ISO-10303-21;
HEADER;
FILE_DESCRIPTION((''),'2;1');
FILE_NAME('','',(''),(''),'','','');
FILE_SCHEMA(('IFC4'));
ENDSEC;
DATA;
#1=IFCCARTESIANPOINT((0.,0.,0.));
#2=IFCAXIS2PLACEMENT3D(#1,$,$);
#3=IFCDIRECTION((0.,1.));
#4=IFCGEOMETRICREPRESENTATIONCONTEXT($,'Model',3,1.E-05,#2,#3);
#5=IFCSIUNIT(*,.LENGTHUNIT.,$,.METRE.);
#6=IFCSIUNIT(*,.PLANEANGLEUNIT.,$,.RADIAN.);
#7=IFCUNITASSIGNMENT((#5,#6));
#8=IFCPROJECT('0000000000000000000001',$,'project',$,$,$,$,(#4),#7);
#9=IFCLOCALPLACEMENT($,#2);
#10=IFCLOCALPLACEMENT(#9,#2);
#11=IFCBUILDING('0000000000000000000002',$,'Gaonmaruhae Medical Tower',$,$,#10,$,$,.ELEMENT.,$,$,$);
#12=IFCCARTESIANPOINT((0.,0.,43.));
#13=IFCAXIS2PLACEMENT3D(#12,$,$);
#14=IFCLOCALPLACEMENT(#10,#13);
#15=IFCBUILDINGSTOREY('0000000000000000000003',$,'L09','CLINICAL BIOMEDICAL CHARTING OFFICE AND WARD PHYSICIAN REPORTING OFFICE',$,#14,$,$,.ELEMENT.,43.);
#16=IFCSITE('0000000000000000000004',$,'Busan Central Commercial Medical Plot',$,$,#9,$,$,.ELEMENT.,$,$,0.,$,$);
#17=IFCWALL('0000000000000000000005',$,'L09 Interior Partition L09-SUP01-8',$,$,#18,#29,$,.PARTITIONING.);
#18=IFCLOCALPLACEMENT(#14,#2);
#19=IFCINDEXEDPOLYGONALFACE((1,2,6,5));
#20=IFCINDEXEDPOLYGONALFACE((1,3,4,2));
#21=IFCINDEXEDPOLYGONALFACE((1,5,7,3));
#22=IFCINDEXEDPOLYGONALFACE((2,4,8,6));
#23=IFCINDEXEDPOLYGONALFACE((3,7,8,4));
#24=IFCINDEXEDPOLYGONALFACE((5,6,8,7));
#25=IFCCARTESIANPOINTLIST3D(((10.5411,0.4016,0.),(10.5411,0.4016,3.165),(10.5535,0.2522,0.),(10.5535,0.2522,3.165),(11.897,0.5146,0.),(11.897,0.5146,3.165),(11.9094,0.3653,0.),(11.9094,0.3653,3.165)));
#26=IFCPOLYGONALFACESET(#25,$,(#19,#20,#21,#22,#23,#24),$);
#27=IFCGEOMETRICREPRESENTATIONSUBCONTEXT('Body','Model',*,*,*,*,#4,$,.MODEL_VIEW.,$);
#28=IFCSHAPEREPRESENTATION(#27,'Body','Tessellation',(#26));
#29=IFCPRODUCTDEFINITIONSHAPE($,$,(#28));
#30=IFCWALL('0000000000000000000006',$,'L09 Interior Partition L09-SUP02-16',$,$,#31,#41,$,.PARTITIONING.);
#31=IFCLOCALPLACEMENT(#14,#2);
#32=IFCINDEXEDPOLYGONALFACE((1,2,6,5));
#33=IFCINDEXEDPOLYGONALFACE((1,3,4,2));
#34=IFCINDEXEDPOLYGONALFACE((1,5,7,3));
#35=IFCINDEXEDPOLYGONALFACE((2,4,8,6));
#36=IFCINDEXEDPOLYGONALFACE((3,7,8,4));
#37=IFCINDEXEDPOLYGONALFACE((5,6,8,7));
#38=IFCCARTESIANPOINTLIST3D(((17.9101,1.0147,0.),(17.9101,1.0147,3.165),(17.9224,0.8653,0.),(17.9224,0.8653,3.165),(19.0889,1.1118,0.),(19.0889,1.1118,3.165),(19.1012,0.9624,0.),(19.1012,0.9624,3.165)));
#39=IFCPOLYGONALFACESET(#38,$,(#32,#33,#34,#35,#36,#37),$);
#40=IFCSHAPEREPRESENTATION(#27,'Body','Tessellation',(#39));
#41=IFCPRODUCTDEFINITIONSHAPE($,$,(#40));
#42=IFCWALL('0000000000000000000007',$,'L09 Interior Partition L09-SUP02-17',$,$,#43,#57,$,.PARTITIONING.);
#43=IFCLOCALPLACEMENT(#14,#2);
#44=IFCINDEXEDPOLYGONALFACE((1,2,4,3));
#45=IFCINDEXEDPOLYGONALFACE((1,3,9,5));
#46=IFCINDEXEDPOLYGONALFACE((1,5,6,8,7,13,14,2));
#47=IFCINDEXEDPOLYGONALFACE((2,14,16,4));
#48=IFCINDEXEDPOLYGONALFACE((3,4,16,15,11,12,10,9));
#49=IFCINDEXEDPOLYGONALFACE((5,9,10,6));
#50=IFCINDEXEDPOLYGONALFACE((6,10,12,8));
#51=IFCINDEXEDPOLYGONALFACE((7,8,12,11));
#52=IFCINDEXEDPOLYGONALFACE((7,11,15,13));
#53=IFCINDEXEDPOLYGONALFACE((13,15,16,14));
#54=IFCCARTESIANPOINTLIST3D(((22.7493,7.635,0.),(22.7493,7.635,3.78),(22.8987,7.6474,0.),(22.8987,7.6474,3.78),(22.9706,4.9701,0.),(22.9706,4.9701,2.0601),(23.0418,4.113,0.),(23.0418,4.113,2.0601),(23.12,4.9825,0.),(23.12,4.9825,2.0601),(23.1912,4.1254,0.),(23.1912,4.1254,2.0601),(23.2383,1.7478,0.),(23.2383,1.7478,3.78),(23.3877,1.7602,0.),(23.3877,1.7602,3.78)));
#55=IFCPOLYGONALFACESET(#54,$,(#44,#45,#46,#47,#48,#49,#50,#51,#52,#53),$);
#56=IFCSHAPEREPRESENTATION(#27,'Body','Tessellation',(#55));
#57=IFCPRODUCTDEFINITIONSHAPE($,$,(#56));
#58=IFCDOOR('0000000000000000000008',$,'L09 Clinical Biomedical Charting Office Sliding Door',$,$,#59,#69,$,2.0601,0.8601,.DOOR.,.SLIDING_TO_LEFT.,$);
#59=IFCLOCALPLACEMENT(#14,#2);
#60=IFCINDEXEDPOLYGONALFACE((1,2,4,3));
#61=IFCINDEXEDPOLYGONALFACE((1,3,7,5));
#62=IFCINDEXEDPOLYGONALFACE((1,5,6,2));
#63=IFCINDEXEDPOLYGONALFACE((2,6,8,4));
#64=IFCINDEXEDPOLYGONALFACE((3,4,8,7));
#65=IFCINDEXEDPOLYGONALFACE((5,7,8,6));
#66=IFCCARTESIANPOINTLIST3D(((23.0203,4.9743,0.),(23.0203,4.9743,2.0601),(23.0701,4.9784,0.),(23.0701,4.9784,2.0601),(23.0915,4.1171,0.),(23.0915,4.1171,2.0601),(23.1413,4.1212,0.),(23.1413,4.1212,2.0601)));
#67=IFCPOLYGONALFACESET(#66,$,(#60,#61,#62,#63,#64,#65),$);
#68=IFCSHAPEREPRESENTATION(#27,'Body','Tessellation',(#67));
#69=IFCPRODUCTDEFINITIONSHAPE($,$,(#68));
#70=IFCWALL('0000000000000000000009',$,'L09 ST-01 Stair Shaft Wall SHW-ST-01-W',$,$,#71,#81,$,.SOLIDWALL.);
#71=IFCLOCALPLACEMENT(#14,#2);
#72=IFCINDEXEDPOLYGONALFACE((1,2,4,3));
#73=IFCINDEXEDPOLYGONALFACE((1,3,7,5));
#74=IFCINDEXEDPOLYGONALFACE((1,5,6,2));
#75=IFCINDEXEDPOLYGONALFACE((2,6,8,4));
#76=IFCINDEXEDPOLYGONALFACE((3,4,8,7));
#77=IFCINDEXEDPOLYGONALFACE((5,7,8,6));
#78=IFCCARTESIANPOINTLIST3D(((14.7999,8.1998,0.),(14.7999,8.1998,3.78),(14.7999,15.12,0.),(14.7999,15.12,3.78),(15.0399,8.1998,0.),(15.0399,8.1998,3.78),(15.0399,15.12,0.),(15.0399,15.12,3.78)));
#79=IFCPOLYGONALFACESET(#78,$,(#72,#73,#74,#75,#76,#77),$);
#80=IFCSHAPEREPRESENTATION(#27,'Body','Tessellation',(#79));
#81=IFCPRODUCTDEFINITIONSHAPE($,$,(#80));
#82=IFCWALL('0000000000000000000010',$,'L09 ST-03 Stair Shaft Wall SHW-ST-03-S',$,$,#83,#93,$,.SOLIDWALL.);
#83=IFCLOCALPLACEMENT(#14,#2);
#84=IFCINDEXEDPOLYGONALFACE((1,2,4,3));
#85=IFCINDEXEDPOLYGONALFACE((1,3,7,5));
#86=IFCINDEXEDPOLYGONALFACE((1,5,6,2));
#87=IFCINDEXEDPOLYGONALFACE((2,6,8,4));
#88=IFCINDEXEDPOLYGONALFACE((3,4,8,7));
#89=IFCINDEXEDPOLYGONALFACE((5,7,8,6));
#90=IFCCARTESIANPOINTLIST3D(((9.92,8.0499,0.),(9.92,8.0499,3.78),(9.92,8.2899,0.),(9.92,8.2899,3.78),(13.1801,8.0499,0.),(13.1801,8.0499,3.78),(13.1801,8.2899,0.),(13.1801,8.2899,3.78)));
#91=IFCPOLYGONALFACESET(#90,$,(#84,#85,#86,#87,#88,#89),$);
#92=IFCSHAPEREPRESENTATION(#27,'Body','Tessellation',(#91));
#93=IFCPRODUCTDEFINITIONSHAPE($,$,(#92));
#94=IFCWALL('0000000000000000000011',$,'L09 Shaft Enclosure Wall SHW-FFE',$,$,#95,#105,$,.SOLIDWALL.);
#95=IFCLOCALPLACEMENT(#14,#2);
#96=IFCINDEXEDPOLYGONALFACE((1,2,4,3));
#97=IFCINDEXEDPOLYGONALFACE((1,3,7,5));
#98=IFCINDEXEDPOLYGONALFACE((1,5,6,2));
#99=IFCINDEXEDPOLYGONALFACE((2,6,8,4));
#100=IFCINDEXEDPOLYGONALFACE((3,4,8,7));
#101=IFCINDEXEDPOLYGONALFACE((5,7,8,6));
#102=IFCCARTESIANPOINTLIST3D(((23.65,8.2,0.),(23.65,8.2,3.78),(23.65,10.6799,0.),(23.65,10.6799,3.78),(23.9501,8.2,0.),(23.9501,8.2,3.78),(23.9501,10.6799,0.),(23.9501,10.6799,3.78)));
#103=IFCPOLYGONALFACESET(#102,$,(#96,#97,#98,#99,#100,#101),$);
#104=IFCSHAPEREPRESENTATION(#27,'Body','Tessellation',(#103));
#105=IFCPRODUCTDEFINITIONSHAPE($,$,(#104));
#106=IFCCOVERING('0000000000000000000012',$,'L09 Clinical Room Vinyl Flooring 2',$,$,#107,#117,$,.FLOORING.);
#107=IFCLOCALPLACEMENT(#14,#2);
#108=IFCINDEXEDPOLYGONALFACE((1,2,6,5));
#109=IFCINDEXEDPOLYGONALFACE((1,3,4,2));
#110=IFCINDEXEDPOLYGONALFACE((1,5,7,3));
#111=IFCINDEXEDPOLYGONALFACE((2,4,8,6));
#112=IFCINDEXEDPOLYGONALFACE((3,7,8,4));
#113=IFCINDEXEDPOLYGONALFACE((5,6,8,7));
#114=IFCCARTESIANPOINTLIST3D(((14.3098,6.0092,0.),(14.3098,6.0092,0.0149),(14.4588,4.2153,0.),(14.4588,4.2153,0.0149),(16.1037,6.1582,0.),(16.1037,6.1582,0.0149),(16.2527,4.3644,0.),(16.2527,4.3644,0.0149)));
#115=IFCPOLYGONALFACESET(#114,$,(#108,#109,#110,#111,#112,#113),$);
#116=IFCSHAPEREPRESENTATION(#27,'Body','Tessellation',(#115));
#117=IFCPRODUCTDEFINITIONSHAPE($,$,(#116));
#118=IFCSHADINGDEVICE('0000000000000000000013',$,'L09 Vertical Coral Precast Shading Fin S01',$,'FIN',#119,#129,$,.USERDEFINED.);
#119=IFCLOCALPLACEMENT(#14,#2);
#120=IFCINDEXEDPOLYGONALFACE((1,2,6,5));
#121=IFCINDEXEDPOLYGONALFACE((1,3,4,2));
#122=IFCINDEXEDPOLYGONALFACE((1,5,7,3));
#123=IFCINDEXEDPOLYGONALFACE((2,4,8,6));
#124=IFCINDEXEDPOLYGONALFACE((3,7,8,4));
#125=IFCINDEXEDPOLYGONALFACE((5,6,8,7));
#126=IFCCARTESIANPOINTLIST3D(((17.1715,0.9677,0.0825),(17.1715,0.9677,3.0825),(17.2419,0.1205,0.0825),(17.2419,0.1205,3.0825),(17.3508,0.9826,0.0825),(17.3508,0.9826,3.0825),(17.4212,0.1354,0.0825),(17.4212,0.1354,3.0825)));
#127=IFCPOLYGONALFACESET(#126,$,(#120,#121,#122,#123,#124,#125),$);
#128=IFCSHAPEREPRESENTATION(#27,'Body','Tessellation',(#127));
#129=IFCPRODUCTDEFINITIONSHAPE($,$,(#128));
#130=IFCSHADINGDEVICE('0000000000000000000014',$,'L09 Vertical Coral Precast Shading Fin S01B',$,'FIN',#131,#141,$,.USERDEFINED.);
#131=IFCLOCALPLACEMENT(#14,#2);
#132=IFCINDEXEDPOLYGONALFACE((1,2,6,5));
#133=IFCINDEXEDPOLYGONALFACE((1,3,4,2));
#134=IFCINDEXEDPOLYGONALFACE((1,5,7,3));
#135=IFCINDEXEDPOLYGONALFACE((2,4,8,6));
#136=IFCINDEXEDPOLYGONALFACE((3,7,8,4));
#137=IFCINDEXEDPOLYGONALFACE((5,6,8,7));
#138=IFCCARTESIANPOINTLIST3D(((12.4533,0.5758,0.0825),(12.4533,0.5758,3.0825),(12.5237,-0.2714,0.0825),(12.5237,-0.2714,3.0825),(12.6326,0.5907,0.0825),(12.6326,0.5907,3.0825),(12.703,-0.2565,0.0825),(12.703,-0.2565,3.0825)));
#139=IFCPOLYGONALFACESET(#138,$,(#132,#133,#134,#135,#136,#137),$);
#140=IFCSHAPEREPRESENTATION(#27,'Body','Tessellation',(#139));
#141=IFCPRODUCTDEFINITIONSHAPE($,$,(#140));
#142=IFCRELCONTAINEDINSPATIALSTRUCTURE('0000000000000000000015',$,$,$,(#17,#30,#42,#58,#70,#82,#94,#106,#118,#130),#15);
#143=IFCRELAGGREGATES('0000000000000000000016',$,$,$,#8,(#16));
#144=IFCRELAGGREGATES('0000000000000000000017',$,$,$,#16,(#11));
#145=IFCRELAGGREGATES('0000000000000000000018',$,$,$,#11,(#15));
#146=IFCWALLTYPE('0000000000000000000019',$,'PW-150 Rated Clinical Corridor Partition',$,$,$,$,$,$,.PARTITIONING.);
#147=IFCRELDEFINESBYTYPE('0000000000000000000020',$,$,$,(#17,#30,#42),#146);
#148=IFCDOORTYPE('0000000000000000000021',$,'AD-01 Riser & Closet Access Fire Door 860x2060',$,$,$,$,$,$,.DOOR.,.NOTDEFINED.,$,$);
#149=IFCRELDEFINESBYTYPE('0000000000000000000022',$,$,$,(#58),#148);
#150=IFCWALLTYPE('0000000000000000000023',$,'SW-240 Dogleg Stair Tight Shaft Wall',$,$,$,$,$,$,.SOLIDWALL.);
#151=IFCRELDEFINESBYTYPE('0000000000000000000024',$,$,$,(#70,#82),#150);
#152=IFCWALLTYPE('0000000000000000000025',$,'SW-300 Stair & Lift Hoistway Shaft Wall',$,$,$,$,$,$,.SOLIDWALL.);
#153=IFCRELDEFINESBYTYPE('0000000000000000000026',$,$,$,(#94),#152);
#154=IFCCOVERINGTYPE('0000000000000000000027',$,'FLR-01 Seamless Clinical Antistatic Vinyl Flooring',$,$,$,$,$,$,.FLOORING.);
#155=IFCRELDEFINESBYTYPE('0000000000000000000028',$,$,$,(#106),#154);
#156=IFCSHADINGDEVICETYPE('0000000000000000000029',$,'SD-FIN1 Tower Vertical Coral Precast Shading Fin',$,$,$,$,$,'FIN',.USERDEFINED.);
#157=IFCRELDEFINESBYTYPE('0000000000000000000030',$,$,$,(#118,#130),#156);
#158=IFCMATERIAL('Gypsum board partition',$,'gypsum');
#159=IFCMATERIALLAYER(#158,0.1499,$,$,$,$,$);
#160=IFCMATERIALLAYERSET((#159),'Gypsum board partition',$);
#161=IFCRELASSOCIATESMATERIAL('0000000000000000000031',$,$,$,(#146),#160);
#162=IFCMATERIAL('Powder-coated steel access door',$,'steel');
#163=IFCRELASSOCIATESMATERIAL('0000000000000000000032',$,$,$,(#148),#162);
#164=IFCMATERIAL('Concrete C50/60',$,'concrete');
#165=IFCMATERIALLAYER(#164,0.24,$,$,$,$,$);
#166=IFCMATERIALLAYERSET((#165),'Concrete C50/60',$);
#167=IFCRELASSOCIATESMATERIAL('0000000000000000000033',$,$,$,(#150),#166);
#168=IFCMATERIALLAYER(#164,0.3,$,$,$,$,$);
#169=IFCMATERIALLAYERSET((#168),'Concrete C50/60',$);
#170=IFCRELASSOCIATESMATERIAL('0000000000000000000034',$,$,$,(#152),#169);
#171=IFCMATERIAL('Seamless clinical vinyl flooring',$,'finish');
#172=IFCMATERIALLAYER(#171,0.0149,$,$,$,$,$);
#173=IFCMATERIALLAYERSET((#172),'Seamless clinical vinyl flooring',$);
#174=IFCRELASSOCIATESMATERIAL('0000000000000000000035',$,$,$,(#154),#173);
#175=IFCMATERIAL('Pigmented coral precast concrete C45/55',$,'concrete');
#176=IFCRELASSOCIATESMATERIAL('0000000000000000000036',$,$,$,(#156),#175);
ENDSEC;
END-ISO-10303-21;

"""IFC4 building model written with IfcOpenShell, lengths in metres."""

from ifc_helpers import new_model, si_unit, direction, frame, frame_2d, origin, origin_2d, place, context, subcontext, project, spatial, rectangle, extrude, material, layer, layer_set, type_object, element, fill, save


model = new_model("IFC4")

# Units and contexts
model_context = context("Model", 3, precision=1e-05, world=origin(), true_north=direction((0.0, 1.0)))
body_context = subcontext(model_context, "Body", "Model", "MODEL_VIEW")
ifc_project = project(units=[si_unit("LENGTHUNIT", "METRE"), si_unit("PLANEANGLEUNIT", "RADIAN")], contexts=[model_context])

# Site, building, storey
site_placement = place(None, origin())
site = spatial("IfcSite", under=ifc_project, at=site_placement, Name="Busan Central Commercial Medical Plot", CompositionType="ELEMENT", RefElevation=0.0)
building_placement = place(site_placement, origin())
building = spatial("IfcBuilding", under=site, at=building_placement, Name="Gaonmaruhae Medical Tower", CompositionType="ELEMENT")
storey_placement = place(building_placement, frame((0.0, 0.0, 43.0)))
storey = spatial("IfcBuildingStorey", under=building, at=storey_placement, Name="L09", Description="CLINICAL BIOMEDICAL CHARTING OFFICE AND WARD PHYSICIAN REPORTING OFFICE", CompositionType="ELEMENT", Elevation=43.0)

# Walls
ifc_material_1 = material(Name="Gypsum board partition", Category="gypsum")
ifc_layer_1 = layer(ifc_material_1, 0.1499)
ifc_layer_set_1 = layer_set([ifc_layer_1], Name="Gypsum board partition")
wall_type_1 = type_object("IfcWallType", Name="PW-150 Rated Clinical Corridor Partition", PredefinedType="PARTITIONING", material=ifc_layer_set_1)
wall_1_placement = place(storey_placement, frame((11.9031, 0.4399, 0.0), z_axis=(0.0, 0.0, 1.0), x_axis=(-0.996543, -0.083075, 0.0)))
element("IfcWall", 1, at=wall_1_placement, inside=storey, type_object=wall_type_1, Name="L09 Interior Partition L09-SUP01-8", PredefinedType="PARTITIONING", context=body_context, shape_type="SweptSolid", body=[
    extrude(rectangle(XDim=1.3606, YDim=0.1499, at=frame_2d((0.6802, 0.0))), origin(), (0.0, 0.0, 1.0), 3.165),
])
wall_2_placement = place(storey_placement, frame((19.095, 1.0371, 0.0), z_axis=(0.0, 0.0, 1.0), x_axis=(-0.996621, -0.08214, 0.0)))
element("IfcWall", 2, at=wall_2_placement, inside=storey, type_object=wall_type_1, Name="L09 Interior Partition L09-SUP02-16", PredefinedType="PARTITIONING", context=body_context, shape_type="SweptSolid", body=[
    extrude(rectangle(XDim=1.1829, YDim=0.1499, at=frame_2d((0.5913, 0.0))), origin(), (0.0, 0.0, 1.0), 3.165),
])

# Wall, opening, door
wall_3_placement = place(storey_placement, frame((22.824, 7.6411, 0.0), z_axis=(0.0, 0.0, 1.0), x_axis=(0.082779, -0.996568, 0.0)))
wall_3 = element("IfcWall", 3, at=wall_3_placement, inside=storey, type_object=wall_type_1, Name="L09 Interior Partition L09-SUP02-17", PredefinedType="PARTITIONING", context=body_context, shape_type="SweptSolid", body=[
    extrude(rectangle(XDim=5.9075, YDim=0.1499, at=frame_2d((2.9536, 0.0))), origin(), (0.0, 0.0, 1.0), 3.78),
])
opening_1_placement = place(wall_3_placement, frame((2.6738, 0.0, 0.0)))
opening_1 = element("IfcOpeningElement", 4, at=opening_1_placement, cuts=wall_3, PredefinedType="OPENING", context=body_context, shape_type="SweptSolid", body=[
    extrude(rectangle(XDim=0.8601, YDim=2.0601, at=frame_2d((0.4302, 1.03))), frame((0.0, 0.085, 0.0), z_axis=(0.0, -1.0, 0.0), x_axis=(1.0, 0.0, 0.0)), (0.0, 0.0, 1.0), 0.1699),
])
ifc_material_2 = material(Name="Powder-coated steel access door", Category="steel")
door_type = type_object("IfcDoorType", Name="AD-01 Riser & Closet Access Fire Door 860x2060", OperationType="NOTDEFINED", PredefinedType="DOOR", material=ifc_material_2)
door_placement = place(opening_1_placement, origin())
door = element("IfcDoor", 5, at=door_placement, inside=storey, type_object=door_type, Name="L09 Clinical Biomedical Charting Office Sliding Door", OperationType="SLIDING_TO_LEFT", OverallHeight=2.0601, OverallWidth=0.8601, PredefinedType="DOOR", context=body_context, shape_type="SweptSolid", body=[
    extrude(rectangle(XDim=0.8601, YDim=2.0601, at=frame_2d((0.4302, 1.03))), frame((0.0, 0.0249, 0.0), z_axis=(0.0, -1.0, 0.0), x_axis=(1.0, 0.0, 0.0)), (0.0, 0.0, 1.0), 0.05),
])
fill(opening_1, door)

# Walls
ifc_material_3 = material(Name="Concrete C50/60", Category="concrete")
ifc_layer_2 = layer(ifc_material_3, 0.24)
ifc_layer_set_2 = layer_set([ifc_layer_2], Name="Concrete C50/60")
wall_type_2 = type_object("IfcWallType", Name="SW-240 Dogleg Stair Tight Shaft Wall", PredefinedType="SOLIDWALL", material=ifc_layer_set_2)
wall_4_placement = place(storey_placement, frame((14.9199, 8.2, 0.0), z_axis=(0.0, 0.0, 1.0), x_axis=(0.0, 1.0, 0.0)))
element("IfcWall", 6, at=wall_4_placement, inside=storey, type_object=wall_type_2, Name="L09 ST-01 Stair Shaft Wall SHW-ST-01-W", PredefinedType="SOLIDWALL", context=body_context, shape_type="SweptSolid", body=[
    extrude(rectangle(XDim=6.9202, YDim=0.24, at=frame_2d((3.46, 0.0))), origin(), (0.0, 0.0, 1.0), 3.78),
])
wall_5_placement = place(storey_placement, frame((13.1799, 8.1699, 0.0), z_axis=(0.0, 0.0, 1.0), x_axis=(-1.0, 0.0, 0.0)))
element("IfcWall", 7, at=wall_5_placement, inside=storey, type_object=wall_type_2, Name="L09 ST-03 Stair Shaft Wall SHW-ST-03-S", PredefinedType="SOLIDWALL", context=body_context, shape_type="SweptSolid", body=[
    extrude(rectangle(XDim=3.26, YDim=0.24, at=frame_2d((1.6299, 0.0))), origin(), (0.0, 0.0, 1.0), 3.78),
])
ifc_layer_3 = layer(ifc_material_3, 0.3)
ifc_layer_set_3 = layer_set([ifc_layer_3], Name="Concrete C50/60")
wall_type_3 = type_object("IfcWallType", Name="SW-300 Stair & Lift Hoistway Shaft Wall", PredefinedType="SOLIDWALL", material=ifc_layer_set_3)
wall_6_placement = place(storey_placement, frame((23.8, 8.2, 0.0), z_axis=(0.0, 0.0, 1.0), x_axis=(0.0, 1.0, 0.0)))
element("IfcWall", 8, at=wall_6_placement, inside=storey, type_object=wall_type_3, Name="L09 Shaft Enclosure Wall SHW-FFE", PredefinedType="SOLIDWALL", context=body_context, shape_type="SweptSolid", body=[
    extrude(rectangle(XDim=2.48, YDim=0.3, at=frame_2d((1.24, 0.0))), origin(), (0.0, 0.0, 1.0), 3.78),
])

# Covering
ifc_material_4 = material(Name="Seamless clinical vinyl flooring", Category="finish")
ifc_layer_4 = layer(ifc_material_4, 0.0149)
ifc_layer_set_4 = layer_set([ifc_layer_4], Name="Seamless clinical vinyl flooring")
covering_type = type_object("IfcCoveringType", Name="FLR-01 Seamless Clinical Antistatic Vinyl Flooring", PredefinedType="FLOORING", material=ifc_layer_set_4)
covering_placement = place(storey_placement, frame((15.2812, 5.1868, 0.0), z_axis=(0.0, 0.0, 1.0), x_axis=(0.996566, 0.082808, 0.0)))
element("IfcCovering", 9, at=covering_placement, inside=storey, type_object=covering_type, Name="L09 Clinical Room Vinyl Flooring 2", PredefinedType="FLOORING", context=body_context, shape_type="SweptSolid", body=[
    extrude(rectangle(XDim=1.8, YDim=1.8, at=origin_2d()), origin(), (0.0, 0.0, 1.0), 0.0149),
])

# Shading devices
ifc_material_5 = material(Name="Pigmented coral precast concrete C45/55", Category="concrete")
shading_device_type = type_object("IfcShadingDeviceType", Name="SD-FIN1 Tower Vertical Coral Precast Shading Fin", ElementType="FIN", PredefinedType="USERDEFINED", material=ifc_material_5)
for number, where, z_axis, x_axis, name in (
    (10, (17.2964, 0.5515, 0.0825), (0.0, 0.0, 1.0), (-0.996566, -0.082808, 0.0), "L09 Vertical Coral Precast Shading Fin S01"),
    (11, (12.5781, 0.1597, 0.0825), (0.0, 0.0, 1.0), (-0.996566, -0.082808, 0.0), "L09 Vertical Coral Precast Shading Fin S01B"),
):
    element("IfcShadingDevice", number, at=place(storey_placement, frame(where, z_axis=z_axis, x_axis=x_axis)), inside=storey, type_object=shading_device_type, Name=name, ObjectType="FIN", PredefinedType="USERDEFINED", context=body_context, shape_type="SweptSolid", body=[
        extrude(rectangle(XDim=0.1799, YDim=0.8501, at=origin_2d()), origin(), (0.0, 0.0, 1.0), 3.0),
    ])

save(model, "model.ifc")
